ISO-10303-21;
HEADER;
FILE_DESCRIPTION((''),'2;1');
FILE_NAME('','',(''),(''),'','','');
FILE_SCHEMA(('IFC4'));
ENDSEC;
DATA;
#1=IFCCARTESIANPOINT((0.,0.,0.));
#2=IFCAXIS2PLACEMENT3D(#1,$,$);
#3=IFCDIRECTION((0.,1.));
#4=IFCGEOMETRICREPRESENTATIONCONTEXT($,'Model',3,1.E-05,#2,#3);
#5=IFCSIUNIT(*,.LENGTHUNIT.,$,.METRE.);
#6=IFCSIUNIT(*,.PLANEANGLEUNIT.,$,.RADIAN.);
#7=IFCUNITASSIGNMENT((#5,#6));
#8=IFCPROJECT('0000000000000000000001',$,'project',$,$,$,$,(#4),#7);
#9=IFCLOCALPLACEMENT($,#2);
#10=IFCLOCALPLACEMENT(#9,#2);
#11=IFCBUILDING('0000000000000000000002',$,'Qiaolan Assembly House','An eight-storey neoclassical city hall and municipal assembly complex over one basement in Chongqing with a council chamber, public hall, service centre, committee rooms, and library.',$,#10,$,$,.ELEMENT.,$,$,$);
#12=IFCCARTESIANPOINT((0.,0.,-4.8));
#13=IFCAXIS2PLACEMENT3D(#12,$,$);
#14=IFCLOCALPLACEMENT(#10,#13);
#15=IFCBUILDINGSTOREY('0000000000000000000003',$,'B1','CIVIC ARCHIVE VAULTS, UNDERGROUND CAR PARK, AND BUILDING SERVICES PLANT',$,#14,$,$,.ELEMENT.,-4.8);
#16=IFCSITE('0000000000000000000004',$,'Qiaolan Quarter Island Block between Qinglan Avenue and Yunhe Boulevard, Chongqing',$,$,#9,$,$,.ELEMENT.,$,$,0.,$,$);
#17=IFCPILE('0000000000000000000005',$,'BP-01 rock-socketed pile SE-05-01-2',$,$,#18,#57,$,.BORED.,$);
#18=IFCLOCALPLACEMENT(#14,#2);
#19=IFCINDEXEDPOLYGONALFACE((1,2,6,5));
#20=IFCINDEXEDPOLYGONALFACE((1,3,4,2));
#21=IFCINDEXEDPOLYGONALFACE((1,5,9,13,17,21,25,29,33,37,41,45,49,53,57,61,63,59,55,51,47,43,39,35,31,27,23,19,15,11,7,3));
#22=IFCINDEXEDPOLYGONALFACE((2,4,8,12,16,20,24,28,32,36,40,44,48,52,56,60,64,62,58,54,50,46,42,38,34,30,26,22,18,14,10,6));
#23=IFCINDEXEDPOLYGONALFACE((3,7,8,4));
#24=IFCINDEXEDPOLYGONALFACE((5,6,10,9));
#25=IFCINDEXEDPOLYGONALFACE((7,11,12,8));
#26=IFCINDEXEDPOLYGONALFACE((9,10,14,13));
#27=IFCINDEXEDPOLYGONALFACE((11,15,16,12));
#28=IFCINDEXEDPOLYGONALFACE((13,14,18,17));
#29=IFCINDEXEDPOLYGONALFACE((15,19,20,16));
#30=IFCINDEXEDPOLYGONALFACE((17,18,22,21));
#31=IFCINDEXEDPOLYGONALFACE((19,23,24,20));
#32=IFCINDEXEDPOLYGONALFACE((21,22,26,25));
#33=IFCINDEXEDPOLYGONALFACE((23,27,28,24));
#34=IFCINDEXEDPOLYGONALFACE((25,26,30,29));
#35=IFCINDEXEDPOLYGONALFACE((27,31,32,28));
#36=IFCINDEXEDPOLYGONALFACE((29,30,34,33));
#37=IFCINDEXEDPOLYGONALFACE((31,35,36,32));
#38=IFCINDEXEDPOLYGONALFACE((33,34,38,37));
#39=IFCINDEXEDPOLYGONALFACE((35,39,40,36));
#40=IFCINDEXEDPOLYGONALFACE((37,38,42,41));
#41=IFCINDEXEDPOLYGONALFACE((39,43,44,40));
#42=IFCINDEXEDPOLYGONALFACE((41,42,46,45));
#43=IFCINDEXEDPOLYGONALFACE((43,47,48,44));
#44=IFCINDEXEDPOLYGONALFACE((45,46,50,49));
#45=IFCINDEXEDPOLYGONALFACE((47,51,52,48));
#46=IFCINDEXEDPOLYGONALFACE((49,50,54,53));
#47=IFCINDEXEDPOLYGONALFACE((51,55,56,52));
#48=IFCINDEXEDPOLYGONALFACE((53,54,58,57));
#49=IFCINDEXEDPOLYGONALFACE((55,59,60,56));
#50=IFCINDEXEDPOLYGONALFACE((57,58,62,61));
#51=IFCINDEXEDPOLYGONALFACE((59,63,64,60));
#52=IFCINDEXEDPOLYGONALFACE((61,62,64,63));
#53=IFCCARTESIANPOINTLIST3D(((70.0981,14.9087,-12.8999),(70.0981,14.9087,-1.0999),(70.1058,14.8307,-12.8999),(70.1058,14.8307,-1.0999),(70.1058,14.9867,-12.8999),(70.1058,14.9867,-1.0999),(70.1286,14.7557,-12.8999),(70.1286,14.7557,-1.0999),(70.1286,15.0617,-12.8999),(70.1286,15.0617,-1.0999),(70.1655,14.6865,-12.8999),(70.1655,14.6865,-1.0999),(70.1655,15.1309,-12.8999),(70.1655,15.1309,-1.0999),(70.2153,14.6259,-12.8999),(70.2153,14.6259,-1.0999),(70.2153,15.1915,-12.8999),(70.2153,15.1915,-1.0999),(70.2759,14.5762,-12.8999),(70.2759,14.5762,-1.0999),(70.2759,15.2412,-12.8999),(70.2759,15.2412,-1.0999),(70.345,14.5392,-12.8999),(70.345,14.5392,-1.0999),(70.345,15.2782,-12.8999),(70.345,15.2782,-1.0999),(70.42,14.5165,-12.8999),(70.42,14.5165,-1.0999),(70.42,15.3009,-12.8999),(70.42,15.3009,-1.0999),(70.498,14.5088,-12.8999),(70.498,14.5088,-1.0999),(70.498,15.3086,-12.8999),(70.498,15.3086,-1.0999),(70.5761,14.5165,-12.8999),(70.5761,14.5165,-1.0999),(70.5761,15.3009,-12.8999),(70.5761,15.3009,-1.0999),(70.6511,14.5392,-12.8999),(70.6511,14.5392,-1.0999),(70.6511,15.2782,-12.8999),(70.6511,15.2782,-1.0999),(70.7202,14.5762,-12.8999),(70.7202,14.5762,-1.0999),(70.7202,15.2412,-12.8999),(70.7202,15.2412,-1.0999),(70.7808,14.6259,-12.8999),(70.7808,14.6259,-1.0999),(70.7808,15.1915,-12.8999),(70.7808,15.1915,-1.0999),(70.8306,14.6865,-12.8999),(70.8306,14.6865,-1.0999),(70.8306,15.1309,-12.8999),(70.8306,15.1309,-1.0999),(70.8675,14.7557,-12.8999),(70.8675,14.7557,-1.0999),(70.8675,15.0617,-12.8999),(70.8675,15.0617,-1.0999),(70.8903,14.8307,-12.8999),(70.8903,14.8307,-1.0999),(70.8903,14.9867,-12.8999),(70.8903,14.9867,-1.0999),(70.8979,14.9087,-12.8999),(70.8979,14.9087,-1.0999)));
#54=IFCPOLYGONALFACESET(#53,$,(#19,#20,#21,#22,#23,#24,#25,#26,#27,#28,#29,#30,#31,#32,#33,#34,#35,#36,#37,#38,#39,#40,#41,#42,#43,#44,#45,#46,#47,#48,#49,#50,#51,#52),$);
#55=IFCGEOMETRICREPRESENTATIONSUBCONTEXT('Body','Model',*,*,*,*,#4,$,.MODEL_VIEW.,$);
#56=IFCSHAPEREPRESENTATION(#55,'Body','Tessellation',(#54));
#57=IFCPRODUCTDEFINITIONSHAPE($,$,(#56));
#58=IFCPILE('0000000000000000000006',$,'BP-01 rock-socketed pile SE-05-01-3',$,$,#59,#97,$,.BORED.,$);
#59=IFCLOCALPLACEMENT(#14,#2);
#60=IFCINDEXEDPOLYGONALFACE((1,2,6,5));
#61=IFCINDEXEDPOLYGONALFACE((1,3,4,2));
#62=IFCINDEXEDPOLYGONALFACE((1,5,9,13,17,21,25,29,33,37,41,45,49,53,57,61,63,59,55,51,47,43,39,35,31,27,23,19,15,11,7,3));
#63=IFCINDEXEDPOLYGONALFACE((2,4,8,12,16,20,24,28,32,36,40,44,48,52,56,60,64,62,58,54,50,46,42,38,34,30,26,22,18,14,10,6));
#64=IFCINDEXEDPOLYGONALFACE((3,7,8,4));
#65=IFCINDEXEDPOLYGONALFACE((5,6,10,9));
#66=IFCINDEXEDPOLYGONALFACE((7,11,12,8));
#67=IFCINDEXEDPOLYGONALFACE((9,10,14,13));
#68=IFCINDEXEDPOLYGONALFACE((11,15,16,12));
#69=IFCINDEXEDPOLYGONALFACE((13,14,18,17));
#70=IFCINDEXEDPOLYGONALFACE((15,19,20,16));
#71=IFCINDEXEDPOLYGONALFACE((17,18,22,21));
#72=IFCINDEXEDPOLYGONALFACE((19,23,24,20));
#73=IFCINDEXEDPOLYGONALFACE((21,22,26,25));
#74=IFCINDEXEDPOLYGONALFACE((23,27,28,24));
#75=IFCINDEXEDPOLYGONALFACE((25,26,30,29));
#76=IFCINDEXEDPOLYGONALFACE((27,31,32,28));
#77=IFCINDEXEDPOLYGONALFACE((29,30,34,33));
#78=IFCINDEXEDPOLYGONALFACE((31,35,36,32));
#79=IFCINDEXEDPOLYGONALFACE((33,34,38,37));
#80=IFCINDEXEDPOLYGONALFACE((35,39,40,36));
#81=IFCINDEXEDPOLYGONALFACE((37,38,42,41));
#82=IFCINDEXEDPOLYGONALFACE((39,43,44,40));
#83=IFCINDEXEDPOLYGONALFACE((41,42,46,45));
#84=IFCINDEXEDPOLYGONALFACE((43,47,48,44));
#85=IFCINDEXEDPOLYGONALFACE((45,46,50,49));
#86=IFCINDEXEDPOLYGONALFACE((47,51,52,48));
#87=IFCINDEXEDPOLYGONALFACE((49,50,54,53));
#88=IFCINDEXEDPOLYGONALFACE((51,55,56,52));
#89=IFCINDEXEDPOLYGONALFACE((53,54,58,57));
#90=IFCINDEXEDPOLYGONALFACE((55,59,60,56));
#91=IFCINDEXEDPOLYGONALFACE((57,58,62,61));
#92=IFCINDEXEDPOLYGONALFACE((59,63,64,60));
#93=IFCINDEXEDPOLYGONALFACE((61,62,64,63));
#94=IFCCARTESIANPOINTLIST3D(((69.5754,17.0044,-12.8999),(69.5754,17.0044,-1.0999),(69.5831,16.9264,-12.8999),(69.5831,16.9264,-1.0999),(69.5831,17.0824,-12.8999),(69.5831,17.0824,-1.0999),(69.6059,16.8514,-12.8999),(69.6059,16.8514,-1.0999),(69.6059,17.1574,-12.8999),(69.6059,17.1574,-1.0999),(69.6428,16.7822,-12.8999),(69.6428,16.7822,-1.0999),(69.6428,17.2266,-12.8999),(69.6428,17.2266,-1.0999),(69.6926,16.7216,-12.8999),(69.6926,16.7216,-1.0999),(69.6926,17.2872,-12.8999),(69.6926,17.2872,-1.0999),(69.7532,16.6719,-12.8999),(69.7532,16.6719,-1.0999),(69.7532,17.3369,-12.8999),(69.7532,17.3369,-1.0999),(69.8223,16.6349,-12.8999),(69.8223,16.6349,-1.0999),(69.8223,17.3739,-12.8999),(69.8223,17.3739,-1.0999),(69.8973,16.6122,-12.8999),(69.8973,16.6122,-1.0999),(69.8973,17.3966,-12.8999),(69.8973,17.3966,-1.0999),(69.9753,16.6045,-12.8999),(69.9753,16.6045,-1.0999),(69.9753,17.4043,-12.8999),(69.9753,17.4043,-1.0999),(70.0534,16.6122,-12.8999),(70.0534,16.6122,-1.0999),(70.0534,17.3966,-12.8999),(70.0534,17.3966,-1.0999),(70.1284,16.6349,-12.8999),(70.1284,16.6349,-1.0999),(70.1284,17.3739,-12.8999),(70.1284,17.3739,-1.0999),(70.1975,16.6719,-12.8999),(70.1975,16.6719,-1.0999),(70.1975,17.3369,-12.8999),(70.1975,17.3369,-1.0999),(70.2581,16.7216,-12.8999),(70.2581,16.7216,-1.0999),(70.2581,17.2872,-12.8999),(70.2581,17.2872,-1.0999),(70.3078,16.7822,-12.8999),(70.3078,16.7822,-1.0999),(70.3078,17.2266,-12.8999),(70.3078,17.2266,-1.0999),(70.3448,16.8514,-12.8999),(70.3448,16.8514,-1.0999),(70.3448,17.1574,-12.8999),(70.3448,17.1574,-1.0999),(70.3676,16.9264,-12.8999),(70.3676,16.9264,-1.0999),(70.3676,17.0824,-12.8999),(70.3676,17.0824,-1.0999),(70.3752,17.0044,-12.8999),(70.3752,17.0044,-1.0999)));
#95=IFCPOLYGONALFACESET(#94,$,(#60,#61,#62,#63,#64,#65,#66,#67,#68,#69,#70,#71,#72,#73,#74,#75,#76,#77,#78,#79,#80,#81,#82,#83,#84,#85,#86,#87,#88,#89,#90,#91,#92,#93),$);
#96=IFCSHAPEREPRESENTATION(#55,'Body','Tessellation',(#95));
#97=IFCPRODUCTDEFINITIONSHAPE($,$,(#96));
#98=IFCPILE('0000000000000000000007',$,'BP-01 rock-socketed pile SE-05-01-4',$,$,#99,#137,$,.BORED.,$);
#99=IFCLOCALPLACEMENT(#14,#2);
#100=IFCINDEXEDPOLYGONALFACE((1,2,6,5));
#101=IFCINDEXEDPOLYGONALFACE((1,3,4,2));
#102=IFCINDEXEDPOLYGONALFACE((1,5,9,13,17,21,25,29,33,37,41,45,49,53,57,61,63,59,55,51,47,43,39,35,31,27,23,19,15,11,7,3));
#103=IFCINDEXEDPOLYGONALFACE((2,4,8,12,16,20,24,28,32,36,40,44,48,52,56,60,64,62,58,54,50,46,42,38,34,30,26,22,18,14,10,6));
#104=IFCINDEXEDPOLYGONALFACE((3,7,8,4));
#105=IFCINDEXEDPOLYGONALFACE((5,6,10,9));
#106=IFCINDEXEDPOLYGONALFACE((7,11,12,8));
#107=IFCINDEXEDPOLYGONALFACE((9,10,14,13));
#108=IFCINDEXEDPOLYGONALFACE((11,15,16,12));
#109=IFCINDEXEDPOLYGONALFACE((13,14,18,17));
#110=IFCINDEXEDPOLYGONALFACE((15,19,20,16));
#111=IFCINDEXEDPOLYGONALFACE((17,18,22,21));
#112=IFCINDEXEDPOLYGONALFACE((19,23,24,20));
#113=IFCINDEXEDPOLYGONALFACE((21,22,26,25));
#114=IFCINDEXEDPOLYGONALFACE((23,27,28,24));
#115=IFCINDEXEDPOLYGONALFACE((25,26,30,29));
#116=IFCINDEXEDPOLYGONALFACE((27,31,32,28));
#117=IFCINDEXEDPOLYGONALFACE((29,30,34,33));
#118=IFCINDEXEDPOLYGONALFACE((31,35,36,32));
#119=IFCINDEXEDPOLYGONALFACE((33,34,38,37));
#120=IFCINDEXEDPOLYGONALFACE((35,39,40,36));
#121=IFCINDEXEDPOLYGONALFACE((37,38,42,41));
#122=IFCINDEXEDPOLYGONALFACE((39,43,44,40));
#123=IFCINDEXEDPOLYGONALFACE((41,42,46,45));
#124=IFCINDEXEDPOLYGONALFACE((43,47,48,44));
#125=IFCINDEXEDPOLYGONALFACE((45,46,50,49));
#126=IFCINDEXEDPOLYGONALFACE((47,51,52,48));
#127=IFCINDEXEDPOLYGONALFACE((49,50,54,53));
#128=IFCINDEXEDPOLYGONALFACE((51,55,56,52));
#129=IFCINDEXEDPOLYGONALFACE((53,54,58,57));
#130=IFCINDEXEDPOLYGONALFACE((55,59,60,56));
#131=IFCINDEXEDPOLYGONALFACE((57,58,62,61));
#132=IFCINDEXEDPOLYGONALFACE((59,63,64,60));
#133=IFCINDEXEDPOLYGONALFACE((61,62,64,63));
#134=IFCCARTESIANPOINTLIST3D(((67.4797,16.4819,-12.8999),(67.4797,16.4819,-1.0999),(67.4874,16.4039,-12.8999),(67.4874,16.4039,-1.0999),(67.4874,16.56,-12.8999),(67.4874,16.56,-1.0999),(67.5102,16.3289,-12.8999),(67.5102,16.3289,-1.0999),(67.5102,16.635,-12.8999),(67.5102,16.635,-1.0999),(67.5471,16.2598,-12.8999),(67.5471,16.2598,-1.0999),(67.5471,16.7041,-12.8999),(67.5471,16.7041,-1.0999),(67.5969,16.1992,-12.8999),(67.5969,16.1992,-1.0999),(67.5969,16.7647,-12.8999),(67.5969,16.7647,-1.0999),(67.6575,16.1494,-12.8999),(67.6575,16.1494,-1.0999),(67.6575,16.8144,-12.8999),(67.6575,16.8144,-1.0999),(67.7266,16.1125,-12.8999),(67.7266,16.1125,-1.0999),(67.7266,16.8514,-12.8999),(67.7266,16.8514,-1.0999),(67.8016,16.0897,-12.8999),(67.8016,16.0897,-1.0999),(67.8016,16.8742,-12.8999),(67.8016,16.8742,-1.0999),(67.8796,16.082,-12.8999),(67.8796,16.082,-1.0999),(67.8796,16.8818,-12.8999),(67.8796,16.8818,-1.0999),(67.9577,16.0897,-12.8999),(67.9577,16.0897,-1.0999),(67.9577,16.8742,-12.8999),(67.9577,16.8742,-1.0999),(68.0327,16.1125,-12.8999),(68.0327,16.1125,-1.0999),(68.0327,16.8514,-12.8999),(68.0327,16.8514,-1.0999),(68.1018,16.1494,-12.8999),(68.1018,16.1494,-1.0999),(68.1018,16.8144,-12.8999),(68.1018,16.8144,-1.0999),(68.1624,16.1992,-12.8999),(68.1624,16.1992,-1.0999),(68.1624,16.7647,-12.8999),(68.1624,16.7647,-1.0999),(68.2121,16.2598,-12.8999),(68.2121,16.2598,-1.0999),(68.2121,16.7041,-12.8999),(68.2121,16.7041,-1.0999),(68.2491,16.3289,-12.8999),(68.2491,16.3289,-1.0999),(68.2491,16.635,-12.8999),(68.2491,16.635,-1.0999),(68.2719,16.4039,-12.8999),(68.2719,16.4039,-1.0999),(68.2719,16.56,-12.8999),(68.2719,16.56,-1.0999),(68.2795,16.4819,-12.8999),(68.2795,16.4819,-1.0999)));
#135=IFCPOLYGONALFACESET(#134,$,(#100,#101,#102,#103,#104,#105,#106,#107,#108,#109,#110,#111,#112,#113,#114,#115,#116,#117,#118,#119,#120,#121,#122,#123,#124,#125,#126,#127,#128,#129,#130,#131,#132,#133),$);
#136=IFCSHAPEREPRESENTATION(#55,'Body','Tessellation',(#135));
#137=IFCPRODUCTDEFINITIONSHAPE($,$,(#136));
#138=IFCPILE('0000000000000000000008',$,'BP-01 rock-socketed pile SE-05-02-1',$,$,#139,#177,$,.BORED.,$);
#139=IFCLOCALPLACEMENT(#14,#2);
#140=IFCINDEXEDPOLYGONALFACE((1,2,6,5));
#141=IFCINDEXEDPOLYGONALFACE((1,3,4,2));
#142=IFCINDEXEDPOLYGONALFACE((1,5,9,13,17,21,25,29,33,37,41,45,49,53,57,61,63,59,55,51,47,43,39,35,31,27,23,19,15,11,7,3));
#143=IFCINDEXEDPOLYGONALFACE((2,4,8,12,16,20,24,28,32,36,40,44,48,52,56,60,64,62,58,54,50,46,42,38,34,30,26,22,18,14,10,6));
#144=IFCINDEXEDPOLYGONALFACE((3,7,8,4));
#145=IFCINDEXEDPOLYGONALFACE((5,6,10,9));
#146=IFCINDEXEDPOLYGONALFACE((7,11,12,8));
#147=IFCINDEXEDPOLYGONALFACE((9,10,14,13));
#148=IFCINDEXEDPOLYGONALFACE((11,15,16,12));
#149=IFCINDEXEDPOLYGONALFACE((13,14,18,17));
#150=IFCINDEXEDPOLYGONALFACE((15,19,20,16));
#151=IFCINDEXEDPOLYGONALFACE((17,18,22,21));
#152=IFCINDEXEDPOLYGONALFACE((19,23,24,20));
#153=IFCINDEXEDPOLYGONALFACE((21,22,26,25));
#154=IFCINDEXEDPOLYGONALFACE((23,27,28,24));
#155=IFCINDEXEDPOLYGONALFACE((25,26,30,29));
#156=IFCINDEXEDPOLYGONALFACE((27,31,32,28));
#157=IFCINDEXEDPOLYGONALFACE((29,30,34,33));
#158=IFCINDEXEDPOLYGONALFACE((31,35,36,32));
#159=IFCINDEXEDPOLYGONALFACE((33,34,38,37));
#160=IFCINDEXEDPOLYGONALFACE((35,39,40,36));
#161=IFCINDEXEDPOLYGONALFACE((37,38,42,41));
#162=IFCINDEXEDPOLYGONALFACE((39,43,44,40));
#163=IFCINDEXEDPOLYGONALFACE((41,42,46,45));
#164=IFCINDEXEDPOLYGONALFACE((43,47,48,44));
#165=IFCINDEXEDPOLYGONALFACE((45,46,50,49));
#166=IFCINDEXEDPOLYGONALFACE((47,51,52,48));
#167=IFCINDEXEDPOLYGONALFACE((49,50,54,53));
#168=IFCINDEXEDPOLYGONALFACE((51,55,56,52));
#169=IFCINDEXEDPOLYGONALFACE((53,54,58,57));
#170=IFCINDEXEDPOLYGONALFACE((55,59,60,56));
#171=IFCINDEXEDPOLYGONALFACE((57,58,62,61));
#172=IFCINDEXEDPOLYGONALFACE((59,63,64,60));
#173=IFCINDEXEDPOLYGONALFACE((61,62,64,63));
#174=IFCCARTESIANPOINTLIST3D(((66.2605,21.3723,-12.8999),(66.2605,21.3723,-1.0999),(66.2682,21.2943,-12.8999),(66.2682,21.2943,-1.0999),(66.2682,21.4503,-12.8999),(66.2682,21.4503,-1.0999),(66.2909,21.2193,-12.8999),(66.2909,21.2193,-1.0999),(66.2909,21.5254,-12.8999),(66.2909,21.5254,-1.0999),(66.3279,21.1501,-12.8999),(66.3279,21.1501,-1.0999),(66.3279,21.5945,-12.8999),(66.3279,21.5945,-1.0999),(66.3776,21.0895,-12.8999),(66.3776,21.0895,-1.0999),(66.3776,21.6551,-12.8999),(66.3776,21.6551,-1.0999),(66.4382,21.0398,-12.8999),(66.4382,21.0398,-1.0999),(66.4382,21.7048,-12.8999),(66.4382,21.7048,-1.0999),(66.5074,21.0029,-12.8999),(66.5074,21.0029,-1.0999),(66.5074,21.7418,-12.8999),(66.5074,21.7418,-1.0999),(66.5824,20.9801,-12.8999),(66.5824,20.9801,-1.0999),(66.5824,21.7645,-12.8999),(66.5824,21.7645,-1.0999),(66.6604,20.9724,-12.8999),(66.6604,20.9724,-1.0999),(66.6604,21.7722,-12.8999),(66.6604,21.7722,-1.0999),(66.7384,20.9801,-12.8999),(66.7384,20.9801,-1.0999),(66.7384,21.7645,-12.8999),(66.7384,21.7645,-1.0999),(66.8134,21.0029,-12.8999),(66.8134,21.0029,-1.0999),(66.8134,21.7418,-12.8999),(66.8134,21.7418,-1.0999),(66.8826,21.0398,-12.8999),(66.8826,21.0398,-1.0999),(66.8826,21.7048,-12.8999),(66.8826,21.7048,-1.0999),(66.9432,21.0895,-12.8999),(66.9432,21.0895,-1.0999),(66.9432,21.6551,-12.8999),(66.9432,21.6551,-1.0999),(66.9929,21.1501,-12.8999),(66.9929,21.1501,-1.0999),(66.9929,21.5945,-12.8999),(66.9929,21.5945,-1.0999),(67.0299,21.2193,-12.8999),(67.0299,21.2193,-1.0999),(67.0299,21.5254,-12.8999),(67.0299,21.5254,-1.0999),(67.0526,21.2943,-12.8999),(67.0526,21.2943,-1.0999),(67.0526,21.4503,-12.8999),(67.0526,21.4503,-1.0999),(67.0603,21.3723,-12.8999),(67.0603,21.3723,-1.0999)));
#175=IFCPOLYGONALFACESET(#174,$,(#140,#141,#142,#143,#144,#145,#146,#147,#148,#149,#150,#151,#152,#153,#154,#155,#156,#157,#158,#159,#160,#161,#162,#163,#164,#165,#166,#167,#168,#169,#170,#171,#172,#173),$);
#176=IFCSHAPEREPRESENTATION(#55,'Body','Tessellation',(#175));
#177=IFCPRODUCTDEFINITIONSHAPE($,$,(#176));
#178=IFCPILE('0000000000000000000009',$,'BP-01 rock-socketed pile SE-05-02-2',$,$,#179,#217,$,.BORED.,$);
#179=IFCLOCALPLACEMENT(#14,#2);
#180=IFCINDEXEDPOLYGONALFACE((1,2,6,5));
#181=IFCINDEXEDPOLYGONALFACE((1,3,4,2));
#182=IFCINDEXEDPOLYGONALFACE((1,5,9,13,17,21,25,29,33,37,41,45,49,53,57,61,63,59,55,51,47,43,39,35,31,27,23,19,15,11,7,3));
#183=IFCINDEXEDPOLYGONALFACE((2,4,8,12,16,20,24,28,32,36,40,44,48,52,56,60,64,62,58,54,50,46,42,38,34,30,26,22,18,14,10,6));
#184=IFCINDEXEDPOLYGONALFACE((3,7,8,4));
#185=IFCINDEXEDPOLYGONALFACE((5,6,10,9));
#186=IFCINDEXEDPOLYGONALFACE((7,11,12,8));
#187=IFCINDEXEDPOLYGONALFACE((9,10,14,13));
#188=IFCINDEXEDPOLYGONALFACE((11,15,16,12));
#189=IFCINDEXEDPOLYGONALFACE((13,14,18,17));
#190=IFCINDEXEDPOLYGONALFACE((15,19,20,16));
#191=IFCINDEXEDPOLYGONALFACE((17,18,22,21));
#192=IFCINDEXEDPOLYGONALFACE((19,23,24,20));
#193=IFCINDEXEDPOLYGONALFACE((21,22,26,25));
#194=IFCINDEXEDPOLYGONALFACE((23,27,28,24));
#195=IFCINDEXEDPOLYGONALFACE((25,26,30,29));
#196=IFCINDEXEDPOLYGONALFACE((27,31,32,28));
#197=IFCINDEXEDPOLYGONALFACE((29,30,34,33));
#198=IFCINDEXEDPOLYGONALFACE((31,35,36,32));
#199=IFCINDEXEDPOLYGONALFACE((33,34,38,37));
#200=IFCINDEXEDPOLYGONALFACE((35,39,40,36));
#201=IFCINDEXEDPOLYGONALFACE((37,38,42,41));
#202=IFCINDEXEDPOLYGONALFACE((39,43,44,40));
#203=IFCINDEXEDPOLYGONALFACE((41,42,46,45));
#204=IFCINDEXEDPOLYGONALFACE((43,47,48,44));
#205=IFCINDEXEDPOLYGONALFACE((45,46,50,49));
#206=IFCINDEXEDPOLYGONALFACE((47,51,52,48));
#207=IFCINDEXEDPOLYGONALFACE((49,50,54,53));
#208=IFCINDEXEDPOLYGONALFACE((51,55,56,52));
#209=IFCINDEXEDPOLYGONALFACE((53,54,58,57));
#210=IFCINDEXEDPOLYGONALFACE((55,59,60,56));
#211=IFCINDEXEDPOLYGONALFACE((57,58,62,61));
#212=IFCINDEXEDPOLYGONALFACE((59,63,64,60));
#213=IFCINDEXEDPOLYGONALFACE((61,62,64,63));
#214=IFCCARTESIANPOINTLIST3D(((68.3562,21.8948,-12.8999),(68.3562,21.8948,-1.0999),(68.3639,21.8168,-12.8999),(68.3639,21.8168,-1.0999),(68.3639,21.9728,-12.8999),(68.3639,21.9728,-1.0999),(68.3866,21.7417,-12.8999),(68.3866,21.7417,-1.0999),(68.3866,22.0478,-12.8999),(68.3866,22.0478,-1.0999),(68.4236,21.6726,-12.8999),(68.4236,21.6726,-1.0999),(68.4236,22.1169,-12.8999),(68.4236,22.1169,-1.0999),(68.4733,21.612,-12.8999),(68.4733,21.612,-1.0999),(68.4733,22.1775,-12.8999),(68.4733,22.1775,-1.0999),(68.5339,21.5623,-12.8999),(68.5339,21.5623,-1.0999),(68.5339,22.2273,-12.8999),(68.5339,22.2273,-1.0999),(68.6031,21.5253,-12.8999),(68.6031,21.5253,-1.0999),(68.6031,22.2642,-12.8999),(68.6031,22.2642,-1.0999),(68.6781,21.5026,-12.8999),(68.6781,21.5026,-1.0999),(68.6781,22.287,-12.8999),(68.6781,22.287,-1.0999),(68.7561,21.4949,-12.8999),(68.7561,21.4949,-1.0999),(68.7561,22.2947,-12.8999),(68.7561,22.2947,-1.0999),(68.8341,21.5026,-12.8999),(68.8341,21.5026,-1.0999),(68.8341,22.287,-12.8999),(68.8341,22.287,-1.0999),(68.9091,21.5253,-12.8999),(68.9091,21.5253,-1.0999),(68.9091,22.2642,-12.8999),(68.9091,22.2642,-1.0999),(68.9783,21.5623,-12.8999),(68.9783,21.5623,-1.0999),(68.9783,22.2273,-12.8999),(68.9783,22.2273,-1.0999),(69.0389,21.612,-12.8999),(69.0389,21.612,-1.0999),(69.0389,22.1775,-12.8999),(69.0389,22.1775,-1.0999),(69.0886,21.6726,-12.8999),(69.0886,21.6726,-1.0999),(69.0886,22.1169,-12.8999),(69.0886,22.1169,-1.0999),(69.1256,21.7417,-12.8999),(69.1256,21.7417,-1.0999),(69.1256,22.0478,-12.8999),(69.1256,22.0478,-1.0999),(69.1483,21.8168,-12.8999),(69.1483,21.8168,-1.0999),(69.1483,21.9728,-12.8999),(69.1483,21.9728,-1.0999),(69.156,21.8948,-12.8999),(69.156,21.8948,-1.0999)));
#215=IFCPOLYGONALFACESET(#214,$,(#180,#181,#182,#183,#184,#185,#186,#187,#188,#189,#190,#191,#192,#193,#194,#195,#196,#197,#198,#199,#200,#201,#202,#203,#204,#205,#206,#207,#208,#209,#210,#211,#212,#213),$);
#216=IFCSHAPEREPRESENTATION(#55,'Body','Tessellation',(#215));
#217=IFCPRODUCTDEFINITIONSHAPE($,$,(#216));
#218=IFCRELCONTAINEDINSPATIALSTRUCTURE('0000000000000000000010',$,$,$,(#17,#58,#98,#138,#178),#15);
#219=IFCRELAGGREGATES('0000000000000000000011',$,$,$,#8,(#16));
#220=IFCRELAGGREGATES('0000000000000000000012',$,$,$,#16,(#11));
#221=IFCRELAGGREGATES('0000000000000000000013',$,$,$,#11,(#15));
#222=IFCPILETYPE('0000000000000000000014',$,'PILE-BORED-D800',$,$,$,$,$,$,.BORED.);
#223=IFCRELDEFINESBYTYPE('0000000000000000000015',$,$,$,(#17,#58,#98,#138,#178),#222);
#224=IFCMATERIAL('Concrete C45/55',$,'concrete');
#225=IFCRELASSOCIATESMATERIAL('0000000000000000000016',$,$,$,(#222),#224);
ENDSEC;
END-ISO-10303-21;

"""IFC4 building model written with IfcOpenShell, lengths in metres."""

from ifc_helpers import new_model, si_unit, direction, frame, origin, origin_2d, place, context, subcontext, project, spatial, circle, extrude, material, material_profile, profile_set, type_object, element, save


model = new_model("IFC4")

# Units and contexts
model_context = context("Model", 3, precision=1e-05, world=origin(), true_north=direction((0.0, 1.0)))
body_context = subcontext(model_context, "Body", "Model", "MODEL_VIEW")
ifc_project = project(units=[si_unit("LENGTHUNIT", "METRE"), si_unit("PLANEANGLEUNIT", "RADIAN")], contexts=[model_context])

# Site, building, storey
site_placement = place(None, origin())
site = spatial("IfcSite", under=ifc_project, at=site_placement, Name="Qiaolan Quarter Island Block between Qinglan Avenue and Yunhe Boulevard, Chongqing", CompositionType="ELEMENT", RefElevation=0.0)
building_placement = place(site_placement, origin())
building = spatial("IfcBuilding", under=site, at=building_placement, Name="Qiaolan Assembly House", Description="An eight-storey neoclassical city hall and municipal assembly complex over one basement in Chongqing with a council chamber, public hall, service centre, committee rooms, and library.", CompositionType="ELEMENT")
storey_placement = place(building_placement, frame((0.0, 0.0, -4.8)))
storey = spatial("IfcBuildingStorey", under=building, at=storey_placement, Name="B1", Description="CIVIC ARCHIVE VAULTS, UNDERGROUND CAR PARK, AND BUILDING SERVICES PLANT", CompositionType="ELEMENT", Elevation=-4.8)

# Piles
ifc_material_1 = material(Name="Concrete C45/55", Category="concrete")
ifc_material_profile_1 = material_profile(ifc_material_1, circle(Radius=0.3999, at=origin_2d()), Name="PILE D800")
ifc_profile_set_1 = profile_set([ifc_material_profile_1], Name="Concrete C45/55")
pile_type = type_object("IfcPileType", Name="PILE-BORED-D800", PredefinedType="BORED", material=ifc_profile_set_1)
for number, where, z_axis, x_axis, name in (
    (1, (70.498, 14.9087, -1.0999), (0.0, 0.0, -1.0), (1.0, 0.0, 0.0), "BP-01 rock-socketed pile SE-05-01-2"),
    (2, (69.9753, 17.0044, -1.0999), (0.0, 0.0, -1.0), (1.0, 0.0, 0.0), "BP-01 rock-socketed pile SE-05-01-3"),
    (3, (67.8796, 16.4819, -1.0999), (0.0, 0.0, -1.0), (1.0, 0.0, 0.0), "BP-01 rock-socketed pile SE-05-01-4"),
    (4, (66.6604, 21.3723, -1.0999), (0.0, 0.0, -1.0), (1.0, 0.0, 0.0), "BP-01 rock-socketed pile SE-05-02-1"),
    (5, (68.7561, 21.8948, -1.0999), (0.0, 0.0, -1.0), (1.0, 0.0, 0.0), "BP-01 rock-socketed pile SE-05-02-2"),
):
    element("IfcPile", number, at=place(storey_placement, frame(where, z_axis=z_axis, x_axis=x_axis)), inside=storey, type_object=pile_type, Name=name, PredefinedType="BORED", context=body_context, shape_type="SweptSolid", body=[
        extrude(circle(Radius=0.3999, at=origin_2d()), origin(), (0.0, 0.0, 1.0), 11.8),
    ])

save(model, "model.ifc")
